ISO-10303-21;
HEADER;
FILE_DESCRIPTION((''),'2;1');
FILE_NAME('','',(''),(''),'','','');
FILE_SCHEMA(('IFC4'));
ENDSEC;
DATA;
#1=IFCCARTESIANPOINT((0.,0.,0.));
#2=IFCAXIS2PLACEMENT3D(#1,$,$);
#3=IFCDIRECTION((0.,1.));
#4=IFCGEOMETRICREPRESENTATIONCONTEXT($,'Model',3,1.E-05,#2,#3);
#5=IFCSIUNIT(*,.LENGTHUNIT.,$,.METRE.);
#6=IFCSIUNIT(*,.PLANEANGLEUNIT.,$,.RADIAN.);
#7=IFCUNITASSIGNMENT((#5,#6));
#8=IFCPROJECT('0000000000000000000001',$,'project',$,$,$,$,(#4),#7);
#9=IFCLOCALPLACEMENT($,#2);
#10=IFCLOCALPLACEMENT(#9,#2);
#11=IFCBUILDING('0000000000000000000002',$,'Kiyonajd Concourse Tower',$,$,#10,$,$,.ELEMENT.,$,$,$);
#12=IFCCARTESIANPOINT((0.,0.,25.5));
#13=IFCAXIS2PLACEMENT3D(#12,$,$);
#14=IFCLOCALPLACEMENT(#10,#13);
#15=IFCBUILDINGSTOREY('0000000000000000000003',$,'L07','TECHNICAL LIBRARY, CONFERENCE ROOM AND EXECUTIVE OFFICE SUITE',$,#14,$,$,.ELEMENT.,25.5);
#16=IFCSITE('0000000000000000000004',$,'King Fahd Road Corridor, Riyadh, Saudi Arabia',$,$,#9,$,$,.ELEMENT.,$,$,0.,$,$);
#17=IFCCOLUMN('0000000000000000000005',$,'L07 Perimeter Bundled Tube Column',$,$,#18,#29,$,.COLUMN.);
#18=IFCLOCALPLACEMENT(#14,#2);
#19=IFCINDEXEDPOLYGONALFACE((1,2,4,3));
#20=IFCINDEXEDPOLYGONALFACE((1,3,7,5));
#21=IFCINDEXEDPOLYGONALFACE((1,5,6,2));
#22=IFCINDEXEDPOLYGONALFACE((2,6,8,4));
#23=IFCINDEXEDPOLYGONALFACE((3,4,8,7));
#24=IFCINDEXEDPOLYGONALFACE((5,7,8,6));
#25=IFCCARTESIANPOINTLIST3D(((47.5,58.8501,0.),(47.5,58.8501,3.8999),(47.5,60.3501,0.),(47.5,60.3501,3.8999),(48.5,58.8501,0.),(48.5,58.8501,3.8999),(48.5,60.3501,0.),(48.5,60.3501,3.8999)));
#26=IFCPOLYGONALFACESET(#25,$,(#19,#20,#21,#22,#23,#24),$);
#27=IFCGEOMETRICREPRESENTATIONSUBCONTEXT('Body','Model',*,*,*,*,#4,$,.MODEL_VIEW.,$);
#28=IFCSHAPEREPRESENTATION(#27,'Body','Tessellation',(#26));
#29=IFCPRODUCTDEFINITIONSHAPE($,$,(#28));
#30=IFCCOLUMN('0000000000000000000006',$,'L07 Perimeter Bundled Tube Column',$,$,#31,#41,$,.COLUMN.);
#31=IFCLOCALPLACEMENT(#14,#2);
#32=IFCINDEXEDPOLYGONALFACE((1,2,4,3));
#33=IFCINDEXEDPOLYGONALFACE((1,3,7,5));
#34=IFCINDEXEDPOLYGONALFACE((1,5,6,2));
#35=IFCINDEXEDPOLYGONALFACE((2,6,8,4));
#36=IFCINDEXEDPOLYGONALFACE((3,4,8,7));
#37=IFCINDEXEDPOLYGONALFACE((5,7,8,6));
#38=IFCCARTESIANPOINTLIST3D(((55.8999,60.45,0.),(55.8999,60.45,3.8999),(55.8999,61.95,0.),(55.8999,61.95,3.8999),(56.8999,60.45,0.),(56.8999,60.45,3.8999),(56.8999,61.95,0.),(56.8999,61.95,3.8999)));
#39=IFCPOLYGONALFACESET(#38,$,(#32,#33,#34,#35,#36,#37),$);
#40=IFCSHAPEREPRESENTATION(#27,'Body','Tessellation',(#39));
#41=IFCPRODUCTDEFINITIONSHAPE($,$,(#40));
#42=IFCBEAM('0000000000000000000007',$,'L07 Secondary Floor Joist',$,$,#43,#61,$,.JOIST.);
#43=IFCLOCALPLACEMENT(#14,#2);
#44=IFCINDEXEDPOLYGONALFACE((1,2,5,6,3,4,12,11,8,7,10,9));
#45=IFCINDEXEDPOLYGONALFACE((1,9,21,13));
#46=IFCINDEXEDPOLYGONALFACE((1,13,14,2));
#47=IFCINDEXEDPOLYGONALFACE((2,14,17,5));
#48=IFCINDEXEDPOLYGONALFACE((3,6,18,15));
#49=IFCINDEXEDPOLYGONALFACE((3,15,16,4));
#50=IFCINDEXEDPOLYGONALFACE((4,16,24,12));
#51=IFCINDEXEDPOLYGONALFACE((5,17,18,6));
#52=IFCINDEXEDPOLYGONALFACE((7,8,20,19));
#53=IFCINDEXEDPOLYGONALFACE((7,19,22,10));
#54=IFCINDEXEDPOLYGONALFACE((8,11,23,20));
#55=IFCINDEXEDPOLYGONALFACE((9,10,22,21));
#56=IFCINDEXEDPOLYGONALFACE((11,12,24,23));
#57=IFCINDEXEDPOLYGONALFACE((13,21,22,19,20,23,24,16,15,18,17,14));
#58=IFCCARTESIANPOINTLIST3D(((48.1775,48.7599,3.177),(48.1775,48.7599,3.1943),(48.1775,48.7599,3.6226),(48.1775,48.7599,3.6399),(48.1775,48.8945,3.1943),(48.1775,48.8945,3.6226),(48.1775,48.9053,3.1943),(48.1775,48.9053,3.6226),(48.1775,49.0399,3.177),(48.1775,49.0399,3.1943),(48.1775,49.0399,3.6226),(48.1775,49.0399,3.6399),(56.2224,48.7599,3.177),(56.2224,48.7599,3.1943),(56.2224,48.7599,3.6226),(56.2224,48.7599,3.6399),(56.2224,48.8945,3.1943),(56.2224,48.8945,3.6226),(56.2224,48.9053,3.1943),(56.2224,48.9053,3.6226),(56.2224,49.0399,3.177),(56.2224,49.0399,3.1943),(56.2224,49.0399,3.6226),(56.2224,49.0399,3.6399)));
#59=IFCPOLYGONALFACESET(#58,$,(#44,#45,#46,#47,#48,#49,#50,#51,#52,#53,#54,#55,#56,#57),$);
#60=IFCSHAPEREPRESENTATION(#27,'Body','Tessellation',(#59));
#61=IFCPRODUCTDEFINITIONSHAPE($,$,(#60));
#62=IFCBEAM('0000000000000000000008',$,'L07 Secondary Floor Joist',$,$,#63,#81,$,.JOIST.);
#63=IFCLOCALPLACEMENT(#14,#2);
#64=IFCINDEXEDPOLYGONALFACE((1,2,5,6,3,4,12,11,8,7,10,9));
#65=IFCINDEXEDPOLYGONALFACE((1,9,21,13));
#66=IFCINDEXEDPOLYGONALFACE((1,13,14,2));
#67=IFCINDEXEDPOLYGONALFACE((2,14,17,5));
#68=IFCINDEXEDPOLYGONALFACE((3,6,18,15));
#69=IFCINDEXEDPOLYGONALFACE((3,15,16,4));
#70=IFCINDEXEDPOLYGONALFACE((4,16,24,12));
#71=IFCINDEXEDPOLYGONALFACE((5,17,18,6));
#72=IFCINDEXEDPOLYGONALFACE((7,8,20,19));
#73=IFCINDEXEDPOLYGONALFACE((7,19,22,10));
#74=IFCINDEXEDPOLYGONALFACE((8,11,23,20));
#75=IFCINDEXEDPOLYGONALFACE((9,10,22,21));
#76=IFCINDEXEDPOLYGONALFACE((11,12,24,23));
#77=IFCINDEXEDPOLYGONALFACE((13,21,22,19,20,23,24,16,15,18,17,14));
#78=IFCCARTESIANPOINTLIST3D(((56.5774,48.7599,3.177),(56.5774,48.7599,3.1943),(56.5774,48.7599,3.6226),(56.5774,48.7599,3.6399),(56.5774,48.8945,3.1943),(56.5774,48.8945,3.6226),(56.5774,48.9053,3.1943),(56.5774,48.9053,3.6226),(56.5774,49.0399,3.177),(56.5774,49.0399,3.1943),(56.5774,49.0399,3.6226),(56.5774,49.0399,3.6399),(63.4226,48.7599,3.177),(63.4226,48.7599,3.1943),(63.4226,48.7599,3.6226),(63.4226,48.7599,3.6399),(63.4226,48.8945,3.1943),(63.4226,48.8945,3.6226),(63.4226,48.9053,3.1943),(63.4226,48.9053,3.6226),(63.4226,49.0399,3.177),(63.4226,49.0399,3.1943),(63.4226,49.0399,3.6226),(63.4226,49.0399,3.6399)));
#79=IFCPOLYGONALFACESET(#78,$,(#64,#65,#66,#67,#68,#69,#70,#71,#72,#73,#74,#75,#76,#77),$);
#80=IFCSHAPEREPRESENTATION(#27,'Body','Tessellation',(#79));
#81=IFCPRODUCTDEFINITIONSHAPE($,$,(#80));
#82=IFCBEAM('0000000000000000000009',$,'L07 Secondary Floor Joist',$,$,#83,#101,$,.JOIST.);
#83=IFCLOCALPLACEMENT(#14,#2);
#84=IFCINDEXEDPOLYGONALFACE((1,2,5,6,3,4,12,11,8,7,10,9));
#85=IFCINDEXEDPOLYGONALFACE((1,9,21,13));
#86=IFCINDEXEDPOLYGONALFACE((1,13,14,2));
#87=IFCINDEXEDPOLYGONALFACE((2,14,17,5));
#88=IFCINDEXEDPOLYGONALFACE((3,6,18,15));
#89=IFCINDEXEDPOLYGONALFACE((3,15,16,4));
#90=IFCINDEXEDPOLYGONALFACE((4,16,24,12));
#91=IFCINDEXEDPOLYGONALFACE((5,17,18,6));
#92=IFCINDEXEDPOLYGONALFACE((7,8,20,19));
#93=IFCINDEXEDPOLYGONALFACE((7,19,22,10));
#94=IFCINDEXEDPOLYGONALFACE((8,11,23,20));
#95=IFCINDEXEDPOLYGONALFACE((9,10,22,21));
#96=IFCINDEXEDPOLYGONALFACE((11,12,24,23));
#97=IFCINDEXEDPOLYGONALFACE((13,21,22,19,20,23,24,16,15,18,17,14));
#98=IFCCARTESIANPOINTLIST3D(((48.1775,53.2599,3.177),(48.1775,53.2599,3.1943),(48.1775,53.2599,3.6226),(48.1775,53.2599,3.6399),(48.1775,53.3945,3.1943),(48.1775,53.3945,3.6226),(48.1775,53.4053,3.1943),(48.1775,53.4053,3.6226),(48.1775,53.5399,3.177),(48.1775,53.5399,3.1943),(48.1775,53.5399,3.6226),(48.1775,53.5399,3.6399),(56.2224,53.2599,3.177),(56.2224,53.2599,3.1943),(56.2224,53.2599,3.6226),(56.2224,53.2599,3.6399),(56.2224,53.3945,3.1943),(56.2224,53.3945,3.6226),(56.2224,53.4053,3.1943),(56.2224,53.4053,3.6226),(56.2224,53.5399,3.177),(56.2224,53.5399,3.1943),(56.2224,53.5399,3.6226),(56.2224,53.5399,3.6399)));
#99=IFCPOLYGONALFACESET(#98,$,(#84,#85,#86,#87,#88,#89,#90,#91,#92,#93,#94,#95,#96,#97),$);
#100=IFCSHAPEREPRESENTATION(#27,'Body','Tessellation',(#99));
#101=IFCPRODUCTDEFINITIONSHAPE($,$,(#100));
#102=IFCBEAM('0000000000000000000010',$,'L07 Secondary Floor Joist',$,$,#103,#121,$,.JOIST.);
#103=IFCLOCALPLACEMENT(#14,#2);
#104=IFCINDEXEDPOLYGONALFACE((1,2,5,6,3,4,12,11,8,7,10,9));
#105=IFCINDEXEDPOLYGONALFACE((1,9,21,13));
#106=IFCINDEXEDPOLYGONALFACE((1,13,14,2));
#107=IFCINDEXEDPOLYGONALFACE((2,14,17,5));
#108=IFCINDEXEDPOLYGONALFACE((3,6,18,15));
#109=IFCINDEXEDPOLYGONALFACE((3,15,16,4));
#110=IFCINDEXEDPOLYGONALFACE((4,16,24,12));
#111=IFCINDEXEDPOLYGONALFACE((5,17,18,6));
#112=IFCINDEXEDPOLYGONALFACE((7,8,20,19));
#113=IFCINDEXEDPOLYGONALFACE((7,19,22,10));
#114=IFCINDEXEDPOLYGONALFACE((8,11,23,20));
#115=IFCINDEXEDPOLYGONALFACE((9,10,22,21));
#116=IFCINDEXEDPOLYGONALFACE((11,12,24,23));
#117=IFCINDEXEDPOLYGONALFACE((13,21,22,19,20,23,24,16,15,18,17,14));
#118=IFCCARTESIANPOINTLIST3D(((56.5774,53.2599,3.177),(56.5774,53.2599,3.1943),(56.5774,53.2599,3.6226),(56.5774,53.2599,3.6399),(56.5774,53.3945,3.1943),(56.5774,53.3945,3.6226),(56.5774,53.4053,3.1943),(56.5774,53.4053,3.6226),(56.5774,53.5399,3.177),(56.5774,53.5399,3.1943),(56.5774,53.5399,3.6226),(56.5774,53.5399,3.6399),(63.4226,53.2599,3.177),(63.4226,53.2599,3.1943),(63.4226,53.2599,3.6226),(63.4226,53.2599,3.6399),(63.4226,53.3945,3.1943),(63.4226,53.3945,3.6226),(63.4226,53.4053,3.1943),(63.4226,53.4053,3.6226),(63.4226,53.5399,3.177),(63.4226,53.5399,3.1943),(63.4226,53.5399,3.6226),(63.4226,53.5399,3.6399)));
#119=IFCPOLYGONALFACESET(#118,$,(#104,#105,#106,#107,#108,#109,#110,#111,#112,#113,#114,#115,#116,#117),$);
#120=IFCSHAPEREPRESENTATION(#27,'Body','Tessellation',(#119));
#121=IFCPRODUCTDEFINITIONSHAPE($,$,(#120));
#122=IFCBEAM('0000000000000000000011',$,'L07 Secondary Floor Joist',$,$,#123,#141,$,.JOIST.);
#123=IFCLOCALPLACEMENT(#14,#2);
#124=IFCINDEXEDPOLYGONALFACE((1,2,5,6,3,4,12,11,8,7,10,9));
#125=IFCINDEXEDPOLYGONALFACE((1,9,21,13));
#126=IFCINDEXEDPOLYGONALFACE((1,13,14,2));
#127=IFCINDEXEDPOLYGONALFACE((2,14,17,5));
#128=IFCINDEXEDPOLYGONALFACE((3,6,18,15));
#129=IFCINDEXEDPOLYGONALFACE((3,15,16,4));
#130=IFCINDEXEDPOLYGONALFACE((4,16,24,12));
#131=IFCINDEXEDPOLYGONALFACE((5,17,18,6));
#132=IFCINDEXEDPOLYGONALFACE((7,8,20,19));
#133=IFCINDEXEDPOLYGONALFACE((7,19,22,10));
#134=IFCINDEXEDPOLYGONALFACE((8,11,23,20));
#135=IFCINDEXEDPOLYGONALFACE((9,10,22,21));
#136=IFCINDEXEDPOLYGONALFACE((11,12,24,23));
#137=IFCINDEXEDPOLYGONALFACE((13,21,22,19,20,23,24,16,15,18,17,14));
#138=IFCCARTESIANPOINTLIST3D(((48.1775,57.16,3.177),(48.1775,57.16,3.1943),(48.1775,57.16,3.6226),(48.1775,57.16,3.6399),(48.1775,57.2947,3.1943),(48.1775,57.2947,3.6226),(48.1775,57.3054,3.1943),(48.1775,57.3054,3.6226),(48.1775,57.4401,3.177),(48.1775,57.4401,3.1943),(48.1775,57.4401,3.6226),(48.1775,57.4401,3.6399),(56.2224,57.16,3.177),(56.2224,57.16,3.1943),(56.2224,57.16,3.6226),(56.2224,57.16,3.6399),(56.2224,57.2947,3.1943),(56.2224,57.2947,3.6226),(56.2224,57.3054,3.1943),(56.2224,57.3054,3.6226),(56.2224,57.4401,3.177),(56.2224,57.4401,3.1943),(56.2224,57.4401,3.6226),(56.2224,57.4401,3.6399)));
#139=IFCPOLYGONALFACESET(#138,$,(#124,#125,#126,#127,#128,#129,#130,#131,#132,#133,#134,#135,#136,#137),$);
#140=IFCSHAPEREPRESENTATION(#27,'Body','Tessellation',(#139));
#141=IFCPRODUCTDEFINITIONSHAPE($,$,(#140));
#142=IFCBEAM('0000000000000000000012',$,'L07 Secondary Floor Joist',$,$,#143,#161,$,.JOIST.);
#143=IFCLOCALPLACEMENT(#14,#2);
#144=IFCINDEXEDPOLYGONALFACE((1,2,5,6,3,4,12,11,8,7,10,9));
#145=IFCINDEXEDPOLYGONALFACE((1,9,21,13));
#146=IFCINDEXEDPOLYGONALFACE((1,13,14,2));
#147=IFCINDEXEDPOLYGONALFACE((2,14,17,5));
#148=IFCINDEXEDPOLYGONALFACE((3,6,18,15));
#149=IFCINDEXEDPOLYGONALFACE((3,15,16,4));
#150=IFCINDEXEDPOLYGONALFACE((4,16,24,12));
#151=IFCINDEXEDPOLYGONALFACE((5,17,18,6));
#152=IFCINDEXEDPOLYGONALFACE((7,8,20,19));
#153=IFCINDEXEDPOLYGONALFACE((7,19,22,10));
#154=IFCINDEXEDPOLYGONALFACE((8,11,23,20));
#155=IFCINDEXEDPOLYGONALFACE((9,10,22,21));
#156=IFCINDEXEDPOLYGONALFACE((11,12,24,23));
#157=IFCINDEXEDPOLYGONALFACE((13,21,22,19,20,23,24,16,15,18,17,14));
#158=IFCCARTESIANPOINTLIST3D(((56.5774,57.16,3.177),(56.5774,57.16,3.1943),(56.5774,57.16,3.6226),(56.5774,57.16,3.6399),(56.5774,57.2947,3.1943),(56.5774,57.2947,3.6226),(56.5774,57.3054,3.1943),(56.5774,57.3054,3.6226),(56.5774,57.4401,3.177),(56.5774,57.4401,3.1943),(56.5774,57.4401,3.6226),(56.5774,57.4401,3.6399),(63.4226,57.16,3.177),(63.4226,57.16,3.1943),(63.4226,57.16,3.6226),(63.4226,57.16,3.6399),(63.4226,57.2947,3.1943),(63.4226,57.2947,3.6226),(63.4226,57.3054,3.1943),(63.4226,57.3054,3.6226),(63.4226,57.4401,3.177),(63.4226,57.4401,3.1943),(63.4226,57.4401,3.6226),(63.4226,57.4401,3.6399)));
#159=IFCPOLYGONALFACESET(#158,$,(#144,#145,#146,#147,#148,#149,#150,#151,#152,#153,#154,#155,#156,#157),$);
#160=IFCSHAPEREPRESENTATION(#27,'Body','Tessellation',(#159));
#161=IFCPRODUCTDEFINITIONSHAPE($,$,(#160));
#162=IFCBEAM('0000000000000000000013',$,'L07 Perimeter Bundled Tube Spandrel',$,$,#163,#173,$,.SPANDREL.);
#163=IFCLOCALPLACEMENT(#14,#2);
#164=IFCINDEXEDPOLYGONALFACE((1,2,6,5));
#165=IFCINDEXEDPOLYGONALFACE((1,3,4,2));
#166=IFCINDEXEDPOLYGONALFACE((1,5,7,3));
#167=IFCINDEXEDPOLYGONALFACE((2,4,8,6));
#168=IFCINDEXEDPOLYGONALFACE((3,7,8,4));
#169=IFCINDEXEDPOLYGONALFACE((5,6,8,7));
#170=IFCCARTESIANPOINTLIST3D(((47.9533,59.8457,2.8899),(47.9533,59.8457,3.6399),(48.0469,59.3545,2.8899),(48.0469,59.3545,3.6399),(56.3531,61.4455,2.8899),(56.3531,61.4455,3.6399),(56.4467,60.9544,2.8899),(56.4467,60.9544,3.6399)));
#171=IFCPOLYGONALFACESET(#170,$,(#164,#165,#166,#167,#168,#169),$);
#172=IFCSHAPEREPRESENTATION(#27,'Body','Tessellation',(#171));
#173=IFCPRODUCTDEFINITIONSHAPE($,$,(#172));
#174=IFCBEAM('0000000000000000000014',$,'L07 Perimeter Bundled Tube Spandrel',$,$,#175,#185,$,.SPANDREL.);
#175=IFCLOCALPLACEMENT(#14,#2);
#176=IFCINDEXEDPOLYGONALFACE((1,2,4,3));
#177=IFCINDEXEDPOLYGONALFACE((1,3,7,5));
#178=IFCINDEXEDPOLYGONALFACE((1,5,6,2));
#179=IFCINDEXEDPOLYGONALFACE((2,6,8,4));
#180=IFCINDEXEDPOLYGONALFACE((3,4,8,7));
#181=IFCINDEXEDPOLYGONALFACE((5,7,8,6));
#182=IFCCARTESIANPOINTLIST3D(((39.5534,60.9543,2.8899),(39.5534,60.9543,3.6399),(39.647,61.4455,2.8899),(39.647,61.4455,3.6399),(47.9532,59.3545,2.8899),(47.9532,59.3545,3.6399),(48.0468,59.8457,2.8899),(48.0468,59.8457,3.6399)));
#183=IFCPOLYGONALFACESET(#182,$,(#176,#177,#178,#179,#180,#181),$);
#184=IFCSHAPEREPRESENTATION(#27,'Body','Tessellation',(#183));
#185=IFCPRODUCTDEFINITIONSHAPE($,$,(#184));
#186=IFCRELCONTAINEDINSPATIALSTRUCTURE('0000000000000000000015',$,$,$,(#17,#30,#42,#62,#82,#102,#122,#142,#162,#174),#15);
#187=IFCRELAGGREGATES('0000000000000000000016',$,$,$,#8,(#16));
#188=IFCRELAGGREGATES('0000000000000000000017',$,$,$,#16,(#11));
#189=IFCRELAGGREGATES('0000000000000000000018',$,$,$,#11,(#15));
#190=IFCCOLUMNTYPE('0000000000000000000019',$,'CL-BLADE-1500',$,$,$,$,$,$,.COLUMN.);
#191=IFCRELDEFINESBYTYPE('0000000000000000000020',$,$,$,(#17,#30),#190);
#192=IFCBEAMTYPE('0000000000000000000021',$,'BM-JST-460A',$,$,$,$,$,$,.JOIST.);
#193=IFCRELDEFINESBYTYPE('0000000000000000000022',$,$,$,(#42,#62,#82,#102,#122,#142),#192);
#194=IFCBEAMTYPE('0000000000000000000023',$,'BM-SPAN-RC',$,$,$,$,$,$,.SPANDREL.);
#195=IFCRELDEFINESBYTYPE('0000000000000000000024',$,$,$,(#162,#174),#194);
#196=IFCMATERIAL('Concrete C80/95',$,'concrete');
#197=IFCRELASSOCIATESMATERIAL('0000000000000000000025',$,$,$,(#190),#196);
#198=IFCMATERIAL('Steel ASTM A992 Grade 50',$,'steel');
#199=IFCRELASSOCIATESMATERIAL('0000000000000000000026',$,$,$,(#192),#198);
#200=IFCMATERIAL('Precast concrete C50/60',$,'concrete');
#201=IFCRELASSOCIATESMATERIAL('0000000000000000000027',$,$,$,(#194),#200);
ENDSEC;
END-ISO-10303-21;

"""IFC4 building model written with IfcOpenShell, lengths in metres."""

from ifc_helpers import new_model, si_unit, direction, frame, origin, origin_2d, place, context, subcontext, project, spatial, rectangle, i_section, extrude, material, material_profile, profile_set, type_object, element, save


model = new_model("IFC4")

# Units and contexts
model_context = context("Model", 3, precision=1e-05, world=origin(), true_north=direction((0.0, 1.0)))
body_context = subcontext(model_context, "Body", "Model", "MODEL_VIEW")
ifc_project = project(units=[si_unit("LENGTHUNIT", "METRE"), si_unit("PLANEANGLEUNIT", "RADIAN")], contexts=[model_context])

# Site, building, storey
site_placement = place(None, origin())
site = spatial("IfcSite", under=ifc_project, at=site_placement, Name="King Fahd Road Corridor, Riyadh, Saudi Arabia", CompositionType="ELEMENT", RefElevation=0.0)
building_placement = place(site_placement, origin())
building = spatial("IfcBuilding", under=site, at=building_placement, Name="Kiyonajd Concourse Tower", CompositionType="ELEMENT")
storey_placement = place(building_placement, frame((0.0, 0.0, 25.5)))
storey = spatial("IfcBuildingStorey", under=building, at=storey_placement, Name="L07", Description="TECHNICAL LIBRARY, CONFERENCE ROOM AND EXECUTIVE OFFICE SUITE", CompositionType="ELEMENT", Elevation=25.5)

# Columns
ifc_material_1 = material(Name="Concrete C80/95", Category="concrete")
ifc_material_profile_1 = material_profile(ifc_material_1, rectangle(XDim=1.0, YDim=1.5, at=origin_2d()), Name="RC-1500x1000")
ifc_profile_set_1 = profile_set([ifc_material_profile_1], Name="Concrete C80/95")
column_type = type_object("IfcColumnType", Name="CL-BLADE-1500", PredefinedType="COLUMN", material=ifc_profile_set_1)
for number, where, z_axis, x_axis, name in (
    (1, (48.0, 59.6001, 0.0), (0.0, 0.0, 1.0), (1.0, 0.0, 0.0), "L07 Perimeter Bundled Tube Column"),
    (2, (56.3999, 61.2, 0.0), (0.0, 0.0, 1.0), (1.0, 0.0, 0.0), "L07 Perimeter Bundled Tube Column"),
):
    element("IfcColumn", number, at=place(storey_placement, frame(where, z_axis=z_axis, x_axis=x_axis)), inside=storey, type_object=column_type, Name=name, PredefinedType="COLUMN", context=body_context, shape_type="SweptSolid", body=[
        extrude(rectangle(XDim=1.0, YDim=1.5, at=origin_2d()), origin(), (0.0, 0.0, 1.0), 3.8999),
    ])

# Beams
ifc_material_2 = material(Name="Steel ASTM A992 Grade 50", Category="steel")
ifc_material_profile_2 = material_profile(ifc_material_2, i_section(OverallWidth=0.28, OverallDepth=0.4629, WebThickness=0.0107, FlangeThickness=0.0173, at=origin_2d()), Name="W460X113")
ifc_profile_set_2 = profile_set([ifc_material_profile_2], Name="Steel ASTM A992 Grade 50")
beam_type_1 = type_object("IfcBeamType", Name="BM-JST-460A", PredefinedType="JOIST", material=ifc_profile_set_2)
beam_1_placement = place(storey_placement, frame((48.1775, 48.8999, 3.4084), z_axis=(1.0, 0.0, 0.0), x_axis=(0.0, 1.0, 0.0)))
element("IfcBeam", 3, at=beam_1_placement, inside=storey, type_object=beam_type_1, Name="L07 Secondary Floor Joist", PredefinedType="JOIST", context=body_context, shape_type="SweptSolid", body=[
    extrude(i_section(OverallWidth=0.28, OverallDepth=0.4629, WebThickness=0.0107, FlangeThickness=0.0173, at=origin_2d()), origin(), (0.0, 0.0, 1.0), 8.0449),
])
beam_2_placement = place(storey_placement, frame((56.5774, 48.8999, 3.4084), z_axis=(1.0, 0.0, 0.0), x_axis=(0.0, 1.0, 0.0)))
element("IfcBeam", 4, at=beam_2_placement, inside=storey, type_object=beam_type_1, Name="L07 Secondary Floor Joist", PredefinedType="JOIST", context=body_context, shape_type="SweptSolid", body=[
    extrude(i_section(OverallWidth=0.28, OverallDepth=0.4629, WebThickness=0.0107, FlangeThickness=0.0173, at=origin_2d()), origin(), (0.0, 0.0, 1.0), 6.8452),
])
beam_3_placement = place(storey_placement, frame((48.1775, 53.3999, 3.4084), z_axis=(1.0, 0.0, 0.0), x_axis=(0.0, 1.0, 0.0)))
element("IfcBeam", 5, at=beam_3_placement, inside=storey, type_object=beam_type_1, Name="L07 Secondary Floor Joist", PredefinedType="JOIST", context=body_context, shape_type="SweptSolid", body=[
    extrude(i_section(OverallWidth=0.28, OverallDepth=0.4629, WebThickness=0.0107, FlangeThickness=0.0173, at=origin_2d()), origin(), (0.0, 0.0, 1.0), 8.0449),
])
beam_4_placement = place(storey_placement, frame((56.5774, 53.3999, 3.4084), z_axis=(1.0, 0.0, 0.0), x_axis=(0.0, 1.0, 0.0)))
element("IfcBeam", 6, at=beam_4_placement, inside=storey, type_object=beam_type_1, Name="L07 Secondary Floor Joist", PredefinedType="JOIST", context=body_context, shape_type="SweptSolid", body=[
    extrude(i_section(OverallWidth=0.28, OverallDepth=0.4629, WebThickness=0.0107, FlangeThickness=0.0173, at=origin_2d()), origin(), (0.0, 0.0, 1.0), 6.8452),
])
beam_5_placement = place(storey_placement, frame((48.1775, 57.3, 3.4084), z_axis=(1.0, 0.0, 0.0), x_axis=(0.0, 1.0, 0.0)))
element("IfcBeam", 7, at=beam_5_placement, inside=storey, type_object=beam_type_1, Name="L07 Secondary Floor Joist", PredefinedType="JOIST", context=body_context, shape_type="SweptSolid", body=[
    extrude(i_section(OverallWidth=0.28, OverallDepth=0.4629, WebThickness=0.0107, FlangeThickness=0.0173, at=origin_2d()), origin(), (0.0, 0.0, 1.0), 8.0449),
])
beam_6_placement = place(storey_placement, frame((56.5774, 57.3, 3.4084), z_axis=(1.0, 0.0, 0.0), x_axis=(0.0, 1.0, 0.0)))
element("IfcBeam", 8, at=beam_6_placement, inside=storey, type_object=beam_type_1, Name="L07 Secondary Floor Joist", PredefinedType="JOIST", context=body_context, shape_type="SweptSolid", body=[
    extrude(i_section(OverallWidth=0.28, OverallDepth=0.4629, WebThickness=0.0107, FlangeThickness=0.0173, at=origin_2d()), origin(), (0.0, 0.0, 1.0), 6.8452),
])
ifc_material_3 = material(Name="Precast concrete C50/60", Category="concrete")
ifc_material_profile_3 = material_profile(ifc_material_3, rectangle(XDim=0.5, YDim=0.75, at=origin_2d()), Name="RCBM-500x750")
ifc_profile_set_3 = profile_set([ifc_material_profile_3], Name="Precast concrete C50/60")
beam_type_2 = type_object("IfcBeamType", Name="BM-SPAN-RC", PredefinedType="SPANDREL", material=ifc_profile_set_3)
for number, where, z_axis, x_axis, name in (
    (9, (56.3999, 61.2, 3.2649), (-0.982341, -0.187098, 0.0), (0.187098, -0.982341, 0.0), "L07 Perimeter Bundled Tube Spandrel"),
    (10, (48.0, 59.6001, 3.2649), (-0.982341, 0.187098, 0.0), (-0.187098, -0.982341, 0.0), "L07 Perimeter Bundled Tube Spandrel"),
):
    element("IfcBeam", number, at=place(storey_placement, frame(where, z_axis=z_axis, x_axis=x_axis)), inside=storey, type_object=beam_type_2, Name=name, PredefinedType="SPANDREL", context=body_context, shape_type="SweptSolid", body=[
        extrude(rectangle(XDim=0.5, YDim=0.75, at=origin_2d()), origin(), (0.0, 0.0, 1.0), 8.5508),
    ])

save(model, "model.ifc")
